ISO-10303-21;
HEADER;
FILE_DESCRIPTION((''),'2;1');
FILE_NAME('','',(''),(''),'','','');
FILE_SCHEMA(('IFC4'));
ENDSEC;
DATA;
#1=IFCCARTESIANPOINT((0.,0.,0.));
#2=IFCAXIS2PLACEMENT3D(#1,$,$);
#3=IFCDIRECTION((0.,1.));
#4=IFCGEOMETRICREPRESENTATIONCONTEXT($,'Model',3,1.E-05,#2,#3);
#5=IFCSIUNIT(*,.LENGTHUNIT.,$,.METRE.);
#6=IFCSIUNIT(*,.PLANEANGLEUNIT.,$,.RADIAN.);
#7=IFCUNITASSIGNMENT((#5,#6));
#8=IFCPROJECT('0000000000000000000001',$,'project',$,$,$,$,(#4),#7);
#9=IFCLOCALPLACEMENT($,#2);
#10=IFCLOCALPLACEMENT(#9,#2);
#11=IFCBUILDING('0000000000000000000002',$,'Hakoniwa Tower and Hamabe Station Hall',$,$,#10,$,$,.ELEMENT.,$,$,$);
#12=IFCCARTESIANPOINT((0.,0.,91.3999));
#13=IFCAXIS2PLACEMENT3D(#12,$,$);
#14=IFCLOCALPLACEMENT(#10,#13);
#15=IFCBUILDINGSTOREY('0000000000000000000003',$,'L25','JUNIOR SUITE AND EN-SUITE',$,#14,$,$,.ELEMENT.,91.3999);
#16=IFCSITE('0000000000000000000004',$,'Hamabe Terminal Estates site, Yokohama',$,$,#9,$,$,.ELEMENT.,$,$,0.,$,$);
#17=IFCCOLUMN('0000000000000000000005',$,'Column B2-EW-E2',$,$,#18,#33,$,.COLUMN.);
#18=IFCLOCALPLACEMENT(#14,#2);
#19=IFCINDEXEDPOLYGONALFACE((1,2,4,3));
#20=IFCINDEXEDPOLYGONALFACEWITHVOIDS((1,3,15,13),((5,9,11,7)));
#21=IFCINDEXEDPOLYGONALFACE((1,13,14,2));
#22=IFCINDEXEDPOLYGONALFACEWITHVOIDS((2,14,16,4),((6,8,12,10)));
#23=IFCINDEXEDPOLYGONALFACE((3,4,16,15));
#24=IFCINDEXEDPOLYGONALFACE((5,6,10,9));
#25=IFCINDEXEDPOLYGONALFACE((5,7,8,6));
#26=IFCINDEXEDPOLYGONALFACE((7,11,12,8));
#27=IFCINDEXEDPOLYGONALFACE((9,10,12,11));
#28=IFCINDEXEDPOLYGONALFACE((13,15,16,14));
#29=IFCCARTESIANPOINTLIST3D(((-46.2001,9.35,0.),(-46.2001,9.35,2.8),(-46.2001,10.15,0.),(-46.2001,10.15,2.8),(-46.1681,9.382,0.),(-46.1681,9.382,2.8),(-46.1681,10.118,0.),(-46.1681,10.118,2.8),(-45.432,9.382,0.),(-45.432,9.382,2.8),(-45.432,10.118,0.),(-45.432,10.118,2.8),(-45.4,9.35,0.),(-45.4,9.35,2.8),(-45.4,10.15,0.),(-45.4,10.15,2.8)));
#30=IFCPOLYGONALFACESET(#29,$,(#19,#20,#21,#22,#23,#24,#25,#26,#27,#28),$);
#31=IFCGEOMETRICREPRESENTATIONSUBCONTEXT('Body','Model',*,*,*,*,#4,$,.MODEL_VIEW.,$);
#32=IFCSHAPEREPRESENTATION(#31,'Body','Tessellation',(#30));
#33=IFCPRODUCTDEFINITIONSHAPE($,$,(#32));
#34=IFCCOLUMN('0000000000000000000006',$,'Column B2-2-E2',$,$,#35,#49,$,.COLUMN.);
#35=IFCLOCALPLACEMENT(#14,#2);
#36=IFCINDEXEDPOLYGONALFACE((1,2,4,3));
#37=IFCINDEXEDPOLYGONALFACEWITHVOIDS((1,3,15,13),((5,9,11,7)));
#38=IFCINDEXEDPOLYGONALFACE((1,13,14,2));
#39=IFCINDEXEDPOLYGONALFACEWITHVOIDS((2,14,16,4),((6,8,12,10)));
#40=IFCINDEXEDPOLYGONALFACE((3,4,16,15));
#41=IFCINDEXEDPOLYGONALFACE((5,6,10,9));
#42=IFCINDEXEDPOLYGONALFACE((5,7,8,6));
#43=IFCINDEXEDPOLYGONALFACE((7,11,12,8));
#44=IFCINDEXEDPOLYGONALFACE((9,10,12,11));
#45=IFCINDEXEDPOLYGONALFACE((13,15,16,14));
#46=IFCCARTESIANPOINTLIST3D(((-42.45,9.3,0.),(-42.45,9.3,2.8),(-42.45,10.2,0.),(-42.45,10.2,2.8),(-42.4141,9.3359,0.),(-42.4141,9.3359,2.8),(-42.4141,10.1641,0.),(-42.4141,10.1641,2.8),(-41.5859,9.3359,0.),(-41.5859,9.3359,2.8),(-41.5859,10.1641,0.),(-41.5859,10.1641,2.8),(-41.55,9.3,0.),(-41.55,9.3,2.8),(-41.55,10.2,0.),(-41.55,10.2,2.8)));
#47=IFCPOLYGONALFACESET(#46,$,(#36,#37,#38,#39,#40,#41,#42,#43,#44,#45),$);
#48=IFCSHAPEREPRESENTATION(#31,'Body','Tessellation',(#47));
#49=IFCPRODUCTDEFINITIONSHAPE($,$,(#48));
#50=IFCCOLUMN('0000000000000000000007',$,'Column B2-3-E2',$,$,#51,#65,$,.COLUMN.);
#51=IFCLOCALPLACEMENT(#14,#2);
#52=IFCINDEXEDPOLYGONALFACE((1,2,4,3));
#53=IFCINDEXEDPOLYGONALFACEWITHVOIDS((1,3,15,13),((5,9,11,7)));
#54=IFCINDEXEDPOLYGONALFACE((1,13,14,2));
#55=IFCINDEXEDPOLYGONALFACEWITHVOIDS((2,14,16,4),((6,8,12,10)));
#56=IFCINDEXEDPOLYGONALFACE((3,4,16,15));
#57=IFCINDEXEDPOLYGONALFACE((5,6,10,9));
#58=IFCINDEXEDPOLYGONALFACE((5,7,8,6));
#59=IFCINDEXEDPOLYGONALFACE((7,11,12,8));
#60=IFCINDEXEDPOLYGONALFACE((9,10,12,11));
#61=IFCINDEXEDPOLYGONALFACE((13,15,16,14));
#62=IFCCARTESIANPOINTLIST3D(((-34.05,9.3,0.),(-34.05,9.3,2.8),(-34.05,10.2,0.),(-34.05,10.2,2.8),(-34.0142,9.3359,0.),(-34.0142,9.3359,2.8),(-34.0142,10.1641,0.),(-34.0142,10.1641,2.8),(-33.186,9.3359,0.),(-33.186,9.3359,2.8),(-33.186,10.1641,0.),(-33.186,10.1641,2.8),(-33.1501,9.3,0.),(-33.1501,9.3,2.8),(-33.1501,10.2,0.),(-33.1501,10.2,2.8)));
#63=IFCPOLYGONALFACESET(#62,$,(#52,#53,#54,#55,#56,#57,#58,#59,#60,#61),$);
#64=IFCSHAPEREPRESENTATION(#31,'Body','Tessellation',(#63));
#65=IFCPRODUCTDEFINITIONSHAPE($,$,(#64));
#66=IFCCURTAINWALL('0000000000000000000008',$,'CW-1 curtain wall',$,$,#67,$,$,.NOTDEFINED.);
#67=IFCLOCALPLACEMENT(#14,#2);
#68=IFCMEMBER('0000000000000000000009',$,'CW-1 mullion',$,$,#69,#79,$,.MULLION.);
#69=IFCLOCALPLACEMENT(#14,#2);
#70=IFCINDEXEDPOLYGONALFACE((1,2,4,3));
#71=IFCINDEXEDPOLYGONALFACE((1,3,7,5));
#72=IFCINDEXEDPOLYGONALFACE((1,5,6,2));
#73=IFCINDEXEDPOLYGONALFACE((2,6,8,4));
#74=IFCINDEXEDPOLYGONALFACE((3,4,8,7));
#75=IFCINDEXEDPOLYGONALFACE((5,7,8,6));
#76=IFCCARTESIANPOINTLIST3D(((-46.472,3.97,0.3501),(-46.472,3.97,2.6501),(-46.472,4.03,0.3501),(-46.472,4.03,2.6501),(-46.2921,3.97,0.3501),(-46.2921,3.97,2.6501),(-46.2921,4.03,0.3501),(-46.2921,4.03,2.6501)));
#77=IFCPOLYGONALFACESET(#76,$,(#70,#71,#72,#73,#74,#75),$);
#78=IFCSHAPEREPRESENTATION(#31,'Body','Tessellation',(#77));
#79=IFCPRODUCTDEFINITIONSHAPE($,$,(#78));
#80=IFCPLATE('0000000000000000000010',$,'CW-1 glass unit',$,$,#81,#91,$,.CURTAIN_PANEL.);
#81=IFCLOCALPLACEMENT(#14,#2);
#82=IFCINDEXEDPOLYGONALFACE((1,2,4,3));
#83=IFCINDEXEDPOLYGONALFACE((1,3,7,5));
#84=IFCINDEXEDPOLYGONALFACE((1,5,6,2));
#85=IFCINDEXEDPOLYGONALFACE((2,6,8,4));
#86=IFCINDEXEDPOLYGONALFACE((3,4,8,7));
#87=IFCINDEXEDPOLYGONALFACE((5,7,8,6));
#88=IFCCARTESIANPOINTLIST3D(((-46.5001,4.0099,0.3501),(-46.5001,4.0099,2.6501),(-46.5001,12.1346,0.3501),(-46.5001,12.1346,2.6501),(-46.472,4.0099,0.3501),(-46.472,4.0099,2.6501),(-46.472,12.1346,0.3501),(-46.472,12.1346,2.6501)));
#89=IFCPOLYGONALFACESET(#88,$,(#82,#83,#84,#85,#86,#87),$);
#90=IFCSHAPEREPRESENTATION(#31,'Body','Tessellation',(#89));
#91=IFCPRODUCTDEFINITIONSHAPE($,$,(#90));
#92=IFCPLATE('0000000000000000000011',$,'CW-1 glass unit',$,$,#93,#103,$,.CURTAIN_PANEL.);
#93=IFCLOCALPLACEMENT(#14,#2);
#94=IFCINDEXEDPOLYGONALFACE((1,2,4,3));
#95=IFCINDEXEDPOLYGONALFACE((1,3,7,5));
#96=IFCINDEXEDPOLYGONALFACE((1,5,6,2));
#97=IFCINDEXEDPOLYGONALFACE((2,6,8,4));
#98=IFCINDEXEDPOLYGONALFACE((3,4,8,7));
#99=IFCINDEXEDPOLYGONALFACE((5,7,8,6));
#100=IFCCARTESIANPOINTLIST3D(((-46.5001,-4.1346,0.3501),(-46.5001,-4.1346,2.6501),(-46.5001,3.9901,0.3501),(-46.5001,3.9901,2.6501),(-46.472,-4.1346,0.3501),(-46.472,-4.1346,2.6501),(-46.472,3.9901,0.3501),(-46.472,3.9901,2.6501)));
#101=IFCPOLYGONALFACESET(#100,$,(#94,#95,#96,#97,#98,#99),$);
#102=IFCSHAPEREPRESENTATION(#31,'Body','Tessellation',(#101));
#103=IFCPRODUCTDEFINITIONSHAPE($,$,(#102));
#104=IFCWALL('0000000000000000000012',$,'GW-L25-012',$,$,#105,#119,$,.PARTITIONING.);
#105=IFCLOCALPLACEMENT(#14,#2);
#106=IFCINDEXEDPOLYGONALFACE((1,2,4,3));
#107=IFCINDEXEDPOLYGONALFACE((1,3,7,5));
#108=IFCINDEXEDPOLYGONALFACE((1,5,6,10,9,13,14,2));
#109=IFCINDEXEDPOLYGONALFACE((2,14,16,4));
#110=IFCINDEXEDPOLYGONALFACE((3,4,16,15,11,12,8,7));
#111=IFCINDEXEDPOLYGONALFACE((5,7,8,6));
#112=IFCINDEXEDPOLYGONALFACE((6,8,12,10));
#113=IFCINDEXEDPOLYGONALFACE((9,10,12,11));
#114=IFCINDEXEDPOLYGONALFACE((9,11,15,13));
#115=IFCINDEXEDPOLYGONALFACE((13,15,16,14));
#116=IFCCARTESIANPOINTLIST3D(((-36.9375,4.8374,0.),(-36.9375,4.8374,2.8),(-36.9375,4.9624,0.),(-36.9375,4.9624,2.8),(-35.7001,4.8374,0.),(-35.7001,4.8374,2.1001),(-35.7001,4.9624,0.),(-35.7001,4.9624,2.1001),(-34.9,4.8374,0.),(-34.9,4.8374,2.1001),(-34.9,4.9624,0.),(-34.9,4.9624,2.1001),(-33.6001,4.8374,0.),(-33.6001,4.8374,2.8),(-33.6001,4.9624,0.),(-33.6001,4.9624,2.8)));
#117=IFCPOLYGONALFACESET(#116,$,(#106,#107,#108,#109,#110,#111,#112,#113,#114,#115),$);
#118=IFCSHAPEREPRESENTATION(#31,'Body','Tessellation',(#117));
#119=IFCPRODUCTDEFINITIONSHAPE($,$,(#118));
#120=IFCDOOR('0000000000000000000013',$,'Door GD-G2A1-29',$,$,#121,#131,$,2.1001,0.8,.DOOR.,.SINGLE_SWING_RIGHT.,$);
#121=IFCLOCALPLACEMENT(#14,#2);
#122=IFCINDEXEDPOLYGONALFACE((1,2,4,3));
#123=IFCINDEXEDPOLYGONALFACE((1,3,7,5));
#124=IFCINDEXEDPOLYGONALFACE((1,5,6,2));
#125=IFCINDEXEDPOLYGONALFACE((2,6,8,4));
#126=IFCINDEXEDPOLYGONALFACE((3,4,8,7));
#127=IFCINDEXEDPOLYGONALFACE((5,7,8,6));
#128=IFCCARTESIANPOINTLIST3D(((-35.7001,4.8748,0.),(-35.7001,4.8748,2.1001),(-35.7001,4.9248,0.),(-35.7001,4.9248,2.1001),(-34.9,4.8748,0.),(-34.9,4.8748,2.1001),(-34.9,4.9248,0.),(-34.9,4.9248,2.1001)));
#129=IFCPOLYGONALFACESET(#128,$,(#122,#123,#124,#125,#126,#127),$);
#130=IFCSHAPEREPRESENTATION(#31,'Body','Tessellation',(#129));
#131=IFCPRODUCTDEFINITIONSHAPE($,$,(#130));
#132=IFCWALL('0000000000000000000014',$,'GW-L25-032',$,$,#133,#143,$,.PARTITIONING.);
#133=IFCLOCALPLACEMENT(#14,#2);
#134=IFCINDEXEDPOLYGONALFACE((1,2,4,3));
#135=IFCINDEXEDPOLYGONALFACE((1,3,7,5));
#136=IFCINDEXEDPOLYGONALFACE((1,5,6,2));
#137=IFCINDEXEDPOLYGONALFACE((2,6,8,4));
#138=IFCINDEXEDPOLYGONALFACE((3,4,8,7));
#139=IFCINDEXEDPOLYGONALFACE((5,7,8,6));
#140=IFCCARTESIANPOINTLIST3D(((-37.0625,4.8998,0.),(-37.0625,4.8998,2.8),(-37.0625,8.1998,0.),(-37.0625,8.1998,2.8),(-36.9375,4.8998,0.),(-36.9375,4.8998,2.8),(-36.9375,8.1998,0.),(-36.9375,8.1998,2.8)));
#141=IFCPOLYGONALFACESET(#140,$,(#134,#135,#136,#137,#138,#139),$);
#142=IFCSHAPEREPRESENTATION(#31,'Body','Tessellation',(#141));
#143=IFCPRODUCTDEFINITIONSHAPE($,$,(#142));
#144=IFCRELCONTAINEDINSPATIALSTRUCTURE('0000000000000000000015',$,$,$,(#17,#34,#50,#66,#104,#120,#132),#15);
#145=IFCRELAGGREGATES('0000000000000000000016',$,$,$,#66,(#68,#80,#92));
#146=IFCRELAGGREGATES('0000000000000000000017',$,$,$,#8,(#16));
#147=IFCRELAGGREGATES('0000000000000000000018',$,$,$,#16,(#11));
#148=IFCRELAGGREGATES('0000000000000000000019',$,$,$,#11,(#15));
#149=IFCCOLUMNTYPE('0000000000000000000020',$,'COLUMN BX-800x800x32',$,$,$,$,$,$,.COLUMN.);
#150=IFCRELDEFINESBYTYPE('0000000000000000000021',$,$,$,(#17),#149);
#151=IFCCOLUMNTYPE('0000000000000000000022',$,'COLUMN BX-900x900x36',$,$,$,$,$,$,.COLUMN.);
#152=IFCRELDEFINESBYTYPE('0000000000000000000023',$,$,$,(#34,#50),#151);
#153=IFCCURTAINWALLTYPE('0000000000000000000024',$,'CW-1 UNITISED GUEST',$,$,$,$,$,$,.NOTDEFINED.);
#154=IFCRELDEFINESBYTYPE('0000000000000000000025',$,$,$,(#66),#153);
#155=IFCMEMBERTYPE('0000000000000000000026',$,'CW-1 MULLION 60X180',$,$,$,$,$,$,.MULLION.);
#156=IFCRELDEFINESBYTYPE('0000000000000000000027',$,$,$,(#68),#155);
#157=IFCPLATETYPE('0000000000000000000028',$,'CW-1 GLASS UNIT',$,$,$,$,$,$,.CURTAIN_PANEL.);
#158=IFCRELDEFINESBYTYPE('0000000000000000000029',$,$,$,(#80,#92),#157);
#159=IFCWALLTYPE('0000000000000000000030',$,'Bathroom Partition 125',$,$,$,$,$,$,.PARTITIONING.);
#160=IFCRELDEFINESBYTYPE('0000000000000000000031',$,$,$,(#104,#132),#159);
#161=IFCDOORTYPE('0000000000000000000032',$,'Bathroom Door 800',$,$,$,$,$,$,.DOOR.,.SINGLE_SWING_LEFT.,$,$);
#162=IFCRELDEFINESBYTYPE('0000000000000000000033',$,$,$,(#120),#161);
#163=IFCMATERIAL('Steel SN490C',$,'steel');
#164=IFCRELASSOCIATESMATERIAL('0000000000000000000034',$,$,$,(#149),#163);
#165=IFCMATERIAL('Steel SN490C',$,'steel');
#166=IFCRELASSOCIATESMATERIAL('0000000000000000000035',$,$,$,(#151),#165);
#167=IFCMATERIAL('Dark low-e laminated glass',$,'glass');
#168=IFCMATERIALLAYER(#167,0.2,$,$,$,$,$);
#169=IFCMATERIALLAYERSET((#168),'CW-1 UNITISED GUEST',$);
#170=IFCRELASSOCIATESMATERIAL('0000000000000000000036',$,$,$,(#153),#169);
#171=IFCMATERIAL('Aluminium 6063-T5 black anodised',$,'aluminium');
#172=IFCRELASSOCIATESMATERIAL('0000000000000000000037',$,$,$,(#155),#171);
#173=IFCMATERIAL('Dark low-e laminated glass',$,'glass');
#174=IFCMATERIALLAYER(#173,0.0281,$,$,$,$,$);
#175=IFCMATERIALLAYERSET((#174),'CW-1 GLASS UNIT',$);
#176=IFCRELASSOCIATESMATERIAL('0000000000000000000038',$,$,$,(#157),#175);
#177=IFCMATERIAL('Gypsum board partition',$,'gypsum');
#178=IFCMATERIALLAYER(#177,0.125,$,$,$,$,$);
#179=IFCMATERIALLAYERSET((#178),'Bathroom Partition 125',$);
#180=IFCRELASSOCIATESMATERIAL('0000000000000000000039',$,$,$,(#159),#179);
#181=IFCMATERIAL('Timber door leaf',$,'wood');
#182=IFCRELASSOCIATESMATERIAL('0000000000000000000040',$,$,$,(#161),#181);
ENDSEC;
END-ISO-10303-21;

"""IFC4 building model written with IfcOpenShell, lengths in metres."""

from ifc_helpers import new_model, si_unit, direction, frame, frame_2d, origin, origin_2d, place, context, subcontext, project, spatial, rectangle, hollow_rectangle, extrude, material, layer, layer_set, material_profile, profile_set, type_object, element, fill, aggregate, save


model = new_model("IFC4")

# Units and contexts
model_context = context("Model", 3, precision=1e-05, world=origin(), true_north=direction((0.0, 1.0)))
body_context = subcontext(model_context, "Body", "Model", "MODEL_VIEW")
ifc_project = project(units=[si_unit("LENGTHUNIT", "METRE"), si_unit("PLANEANGLEUNIT", "RADIAN")], contexts=[model_context])

# Site, building, storey
site_placement = place(None, origin())
site = spatial("IfcSite", under=ifc_project, at=site_placement, Name="Hamabe Terminal Estates site, Yokohama", CompositionType="ELEMENT", RefElevation=0.0)
building_placement = place(site_placement, origin())
building = spatial("IfcBuilding", under=site, at=building_placement, Name="Hakoniwa Tower and Hamabe Station Hall", CompositionType="ELEMENT")
storey_placement = place(building_placement, frame((0.0, 0.0, 91.3999)))
storey = spatial("IfcBuildingStorey", under=building, at=storey_placement, Name="L25", Description="JUNIOR SUITE AND EN-SUITE", CompositionType="ELEMENT", Elevation=91.3999)

# Columns
ifc_material_1 = material(Name="Steel SN490C", Category="steel")
ifc_material_profile_1 = material_profile(ifc_material_1, hollow_rectangle(XDim=0.8, YDim=0.8, WallThickness=0.032, at=origin_2d()), Name="BX-800x800x32")
ifc_profile_set_1 = profile_set([ifc_material_profile_1], Name="Steel SN490C")
column_type_1 = type_object("IfcColumnType", Name="COLUMN BX-800x800x32", PredefinedType="COLUMN", material=ifc_profile_set_1)
column_placement = place(storey_placement, frame((-45.8, 9.75, 0.0), z_axis=(0.0, 0.0, 1.0), x_axis=(1.0, 0.0, 0.0)))
element("IfcColumn", 1, at=column_placement, inside=storey, type_object=column_type_1, Name="Column B2-EW-E2", PredefinedType="COLUMN", context=body_context, shape_type="SweptSolid", body=[
    extrude(hollow_rectangle(XDim=0.8, YDim=0.8, WallThickness=0.032, at=origin_2d()), origin(), (0.0, 0.0, 1.0), 2.8),
])
ifc_material_2 = material(Name="Steel SN490C", Category="steel")
ifc_material_profile_2 = material_profile(ifc_material_2, hollow_rectangle(XDim=0.8999, YDim=0.8999, WallThickness=0.0359, at=origin_2d()), Name="BX-900x900x36")
ifc_profile_set_2 = profile_set([ifc_material_profile_2], Name="Steel SN490C")
column_type_2 = type_object("IfcColumnType", Name="COLUMN BX-900x900x36", PredefinedType="COLUMN", material=ifc_profile_set_2)
for number, where, z_axis, x_axis, name in (
    (2, (-42.0, 9.75, 0.0), (0.0, 0.0, 1.0), (1.0, 0.0, 0.0), "Column B2-2-E2"),
    (3, (-33.6001, 9.75, 0.0), (0.0, 0.0, 1.0), (1.0, 0.0, 0.0), "Column B2-3-E2"),
):
    element("IfcColumn", number, at=place(storey_placement, frame(where, z_axis=z_axis, x_axis=x_axis)), inside=storey, type_object=column_type_2, Name=name, PredefinedType="COLUMN", context=body_context, shape_type="SweptSolid", body=[
        extrude(hollow_rectangle(XDim=0.8999, YDim=0.8999, WallThickness=0.0359, at=origin_2d()), origin(), (0.0, 0.0, 1.0), 2.8),
    ])

# Curtain wall, member, plates
ifc_material_3 = material(Name="Dark low-e laminated glass", Category="glass")
ifc_layer_1 = layer(ifc_material_3, 0.2)
ifc_layer_set_1 = layer_set([ifc_layer_1], Name="CW-1 UNITISED GUEST")
curtain_wall_type = type_object("IfcCurtainWallType", Name="CW-1 UNITISED GUEST", PredefinedType="NOTDEFINED", material=ifc_layer_set_1)
curtain_wall_placement = place(storey_placement, origin())
curtain_wall = element("IfcCurtainWall", 4, at=curtain_wall_placement, inside=storey, type_object=curtain_wall_type, Name="CW-1 curtain wall", PredefinedType="NOTDEFINED")
ifc_material_4 = material(Name="Aluminium 6063-T5 black anodised", Category="aluminium")
ifc_material_profile_3 = material_profile(ifc_material_4, rectangle(XDim=0.0601, YDim=0.1799, at=origin_2d()), Name="CW-1 MULLION 60X180")
ifc_profile_set_3 = profile_set([ifc_material_profile_3], Name="Aluminium 6063-T5 black anodised")
member_type = type_object("IfcMemberType", Name="CW-1 MULLION 60X180", PredefinedType="MULLION", material=ifc_profile_set_3)
member_placement = place(storey_placement, frame((-46.3821, 4.0, 0.3501), z_axis=(0.0, 0.0, 1.0), x_axis=(0.0, -1.0, 0.0)))
member = element("IfcMember", 5, at=member_placement, type_object=member_type, Name="CW-1 mullion", PredefinedType="MULLION", context=body_context, shape_type="SweptSolid", body=[
    extrude(rectangle(XDim=0.0601, YDim=0.1799, at=origin_2d()), origin(), (0.0, 0.0, 1.0), 2.3),
])
ifc_material_5 = material(Name="Dark low-e laminated glass", Category="glass")
ifc_layer_2 = layer(ifc_material_5, 0.0281)
ifc_layer_set_2 = layer_set([ifc_layer_2], Name="CW-1 GLASS UNIT")
plate_type = type_object("IfcPlateType", Name="CW-1 GLASS UNIT", PredefinedType="CURTAIN_PANEL", material=ifc_layer_set_2)
plate_1_placement = place(storey_placement, frame((-46.4861, 8.0723, 0.3501), z_axis=(0.0, 0.0, 1.0), x_axis=(0.0, -1.0, 0.0)))
plate_1 = element("IfcPlate", 6, at=plate_1_placement, type_object=plate_type, Name="CW-1 glass unit", PredefinedType="CURTAIN_PANEL", context=body_context, shape_type="SweptSolid", body=[
    extrude(rectangle(XDim=8.1248, YDim=0.0281, at=origin_2d()), origin(), (0.0, 0.0, 1.0), 2.3),
])
plate_2_placement = place(storey_placement, frame((-46.4861, -0.0723, 0.3501), z_axis=(0.0, 0.0, 1.0), x_axis=(0.0, -1.0, 0.0)))
plate_2 = element("IfcPlate", 7, at=plate_2_placement, type_object=plate_type, Name="CW-1 glass unit", PredefinedType="CURTAIN_PANEL", context=body_context, shape_type="SweptSolid", body=[
    extrude(rectangle(XDim=8.1248, YDim=0.0281, at=origin_2d()), origin(), (0.0, 0.0, 1.0), 2.3),
])
aggregate(curtain_wall, [member, plate_1, plate_2])

# Wall, opening, door
ifc_material_6 = material(Name="Gypsum board partition", Category="gypsum")
ifc_layer_3 = layer(ifc_material_6, 0.125)
ifc_layer_set_3 = layer_set([ifc_layer_3], Name="Bathroom Partition 125")
wall_type_1 = type_object("IfcWallType", Name="Bathroom Partition 125", PredefinedType="PARTITIONING", material=ifc_layer_set_3)
wall_1_placement = place(storey_placement, frame((-36.9375, 4.8999, 0.0), z_axis=(0.0, 0.0, 1.0), x_axis=(1.0, 0.0, 0.0)))
wall_1 = element("IfcWall", 8, at=wall_1_placement, inside=storey, type_object=wall_type_1, Name="GW-L25-012", PredefinedType="PARTITIONING", context=body_context, shape_type="SweptSolid", body=[
    extrude(rectangle(XDim=3.3374, YDim=0.125, at=frame_2d((1.6687, 0.0))), origin(), (0.0, 0.0, 1.0), 2.8),
])
opening_1_placement = place(wall_1_placement, frame((1.2375, 0.0, 0.0)))
opening_1 = element("IfcOpeningElement", 9, at=opening_1_placement, cuts=wall_1, PredefinedType="OPENING", context=body_context, shape_type="SweptSolid", body=[
    extrude(rectangle(XDim=0.8, YDim=2.1001, at=frame_2d((0.3999, 1.05))), frame((0.0, 0.0725, 0.0), z_axis=(0.0, -1.0, 0.0), x_axis=(1.0, 0.0, 0.0)), (0.0, 0.0, 1.0), 0.145),
])
ifc_material_7 = material(Name="Timber door leaf", Category="wood")
door_type_1 = type_object("IfcDoorType", Name="Bathroom Door 800", OperationType="SINGLE_SWING_LEFT", PredefinedType="DOOR", material=ifc_material_7)
door_1_placement = place(opening_1_placement, origin())
door_1 = element("IfcDoor", 10, at=door_1_placement, inside=storey, type_object=door_type_1, Name="Door GD-G2A1-29", OperationType="SINGLE_SWING_RIGHT", OverallHeight=2.1001, OverallWidth=0.8, PredefinedType="DOOR", context=body_context, shape_type="SweptSolid", body=[
    extrude(rectangle(XDim=0.8, YDim=2.1001, at=frame_2d((0.3999, 1.05))), frame((0.0, 0.0249, 0.0), z_axis=(0.0, -1.0, 0.0), x_axis=(1.0, 0.0, 0.0)), (0.0, 0.0, 1.0), 0.05),
])
fill(opening_1, door_1)

# Wall
wall_2_placement = place(storey_placement, frame((-37.0, 4.8999, 0.0), z_axis=(0.0, 0.0, 1.0), x_axis=(0.0, 1.0, 0.0)))
element("IfcWall", 11, at=wall_2_placement, inside=storey, type_object=wall_type_1, Name="GW-L25-032", PredefinedType="PARTITIONING", context=body_context, shape_type="SweptSolid", body=[
    extrude(rectangle(XDim=3.3, YDim=0.125, at=frame_2d((1.6499, 0.0))), origin(), (0.0, 0.0, 1.0), 2.8),
])

save(model, "model.ifc")
